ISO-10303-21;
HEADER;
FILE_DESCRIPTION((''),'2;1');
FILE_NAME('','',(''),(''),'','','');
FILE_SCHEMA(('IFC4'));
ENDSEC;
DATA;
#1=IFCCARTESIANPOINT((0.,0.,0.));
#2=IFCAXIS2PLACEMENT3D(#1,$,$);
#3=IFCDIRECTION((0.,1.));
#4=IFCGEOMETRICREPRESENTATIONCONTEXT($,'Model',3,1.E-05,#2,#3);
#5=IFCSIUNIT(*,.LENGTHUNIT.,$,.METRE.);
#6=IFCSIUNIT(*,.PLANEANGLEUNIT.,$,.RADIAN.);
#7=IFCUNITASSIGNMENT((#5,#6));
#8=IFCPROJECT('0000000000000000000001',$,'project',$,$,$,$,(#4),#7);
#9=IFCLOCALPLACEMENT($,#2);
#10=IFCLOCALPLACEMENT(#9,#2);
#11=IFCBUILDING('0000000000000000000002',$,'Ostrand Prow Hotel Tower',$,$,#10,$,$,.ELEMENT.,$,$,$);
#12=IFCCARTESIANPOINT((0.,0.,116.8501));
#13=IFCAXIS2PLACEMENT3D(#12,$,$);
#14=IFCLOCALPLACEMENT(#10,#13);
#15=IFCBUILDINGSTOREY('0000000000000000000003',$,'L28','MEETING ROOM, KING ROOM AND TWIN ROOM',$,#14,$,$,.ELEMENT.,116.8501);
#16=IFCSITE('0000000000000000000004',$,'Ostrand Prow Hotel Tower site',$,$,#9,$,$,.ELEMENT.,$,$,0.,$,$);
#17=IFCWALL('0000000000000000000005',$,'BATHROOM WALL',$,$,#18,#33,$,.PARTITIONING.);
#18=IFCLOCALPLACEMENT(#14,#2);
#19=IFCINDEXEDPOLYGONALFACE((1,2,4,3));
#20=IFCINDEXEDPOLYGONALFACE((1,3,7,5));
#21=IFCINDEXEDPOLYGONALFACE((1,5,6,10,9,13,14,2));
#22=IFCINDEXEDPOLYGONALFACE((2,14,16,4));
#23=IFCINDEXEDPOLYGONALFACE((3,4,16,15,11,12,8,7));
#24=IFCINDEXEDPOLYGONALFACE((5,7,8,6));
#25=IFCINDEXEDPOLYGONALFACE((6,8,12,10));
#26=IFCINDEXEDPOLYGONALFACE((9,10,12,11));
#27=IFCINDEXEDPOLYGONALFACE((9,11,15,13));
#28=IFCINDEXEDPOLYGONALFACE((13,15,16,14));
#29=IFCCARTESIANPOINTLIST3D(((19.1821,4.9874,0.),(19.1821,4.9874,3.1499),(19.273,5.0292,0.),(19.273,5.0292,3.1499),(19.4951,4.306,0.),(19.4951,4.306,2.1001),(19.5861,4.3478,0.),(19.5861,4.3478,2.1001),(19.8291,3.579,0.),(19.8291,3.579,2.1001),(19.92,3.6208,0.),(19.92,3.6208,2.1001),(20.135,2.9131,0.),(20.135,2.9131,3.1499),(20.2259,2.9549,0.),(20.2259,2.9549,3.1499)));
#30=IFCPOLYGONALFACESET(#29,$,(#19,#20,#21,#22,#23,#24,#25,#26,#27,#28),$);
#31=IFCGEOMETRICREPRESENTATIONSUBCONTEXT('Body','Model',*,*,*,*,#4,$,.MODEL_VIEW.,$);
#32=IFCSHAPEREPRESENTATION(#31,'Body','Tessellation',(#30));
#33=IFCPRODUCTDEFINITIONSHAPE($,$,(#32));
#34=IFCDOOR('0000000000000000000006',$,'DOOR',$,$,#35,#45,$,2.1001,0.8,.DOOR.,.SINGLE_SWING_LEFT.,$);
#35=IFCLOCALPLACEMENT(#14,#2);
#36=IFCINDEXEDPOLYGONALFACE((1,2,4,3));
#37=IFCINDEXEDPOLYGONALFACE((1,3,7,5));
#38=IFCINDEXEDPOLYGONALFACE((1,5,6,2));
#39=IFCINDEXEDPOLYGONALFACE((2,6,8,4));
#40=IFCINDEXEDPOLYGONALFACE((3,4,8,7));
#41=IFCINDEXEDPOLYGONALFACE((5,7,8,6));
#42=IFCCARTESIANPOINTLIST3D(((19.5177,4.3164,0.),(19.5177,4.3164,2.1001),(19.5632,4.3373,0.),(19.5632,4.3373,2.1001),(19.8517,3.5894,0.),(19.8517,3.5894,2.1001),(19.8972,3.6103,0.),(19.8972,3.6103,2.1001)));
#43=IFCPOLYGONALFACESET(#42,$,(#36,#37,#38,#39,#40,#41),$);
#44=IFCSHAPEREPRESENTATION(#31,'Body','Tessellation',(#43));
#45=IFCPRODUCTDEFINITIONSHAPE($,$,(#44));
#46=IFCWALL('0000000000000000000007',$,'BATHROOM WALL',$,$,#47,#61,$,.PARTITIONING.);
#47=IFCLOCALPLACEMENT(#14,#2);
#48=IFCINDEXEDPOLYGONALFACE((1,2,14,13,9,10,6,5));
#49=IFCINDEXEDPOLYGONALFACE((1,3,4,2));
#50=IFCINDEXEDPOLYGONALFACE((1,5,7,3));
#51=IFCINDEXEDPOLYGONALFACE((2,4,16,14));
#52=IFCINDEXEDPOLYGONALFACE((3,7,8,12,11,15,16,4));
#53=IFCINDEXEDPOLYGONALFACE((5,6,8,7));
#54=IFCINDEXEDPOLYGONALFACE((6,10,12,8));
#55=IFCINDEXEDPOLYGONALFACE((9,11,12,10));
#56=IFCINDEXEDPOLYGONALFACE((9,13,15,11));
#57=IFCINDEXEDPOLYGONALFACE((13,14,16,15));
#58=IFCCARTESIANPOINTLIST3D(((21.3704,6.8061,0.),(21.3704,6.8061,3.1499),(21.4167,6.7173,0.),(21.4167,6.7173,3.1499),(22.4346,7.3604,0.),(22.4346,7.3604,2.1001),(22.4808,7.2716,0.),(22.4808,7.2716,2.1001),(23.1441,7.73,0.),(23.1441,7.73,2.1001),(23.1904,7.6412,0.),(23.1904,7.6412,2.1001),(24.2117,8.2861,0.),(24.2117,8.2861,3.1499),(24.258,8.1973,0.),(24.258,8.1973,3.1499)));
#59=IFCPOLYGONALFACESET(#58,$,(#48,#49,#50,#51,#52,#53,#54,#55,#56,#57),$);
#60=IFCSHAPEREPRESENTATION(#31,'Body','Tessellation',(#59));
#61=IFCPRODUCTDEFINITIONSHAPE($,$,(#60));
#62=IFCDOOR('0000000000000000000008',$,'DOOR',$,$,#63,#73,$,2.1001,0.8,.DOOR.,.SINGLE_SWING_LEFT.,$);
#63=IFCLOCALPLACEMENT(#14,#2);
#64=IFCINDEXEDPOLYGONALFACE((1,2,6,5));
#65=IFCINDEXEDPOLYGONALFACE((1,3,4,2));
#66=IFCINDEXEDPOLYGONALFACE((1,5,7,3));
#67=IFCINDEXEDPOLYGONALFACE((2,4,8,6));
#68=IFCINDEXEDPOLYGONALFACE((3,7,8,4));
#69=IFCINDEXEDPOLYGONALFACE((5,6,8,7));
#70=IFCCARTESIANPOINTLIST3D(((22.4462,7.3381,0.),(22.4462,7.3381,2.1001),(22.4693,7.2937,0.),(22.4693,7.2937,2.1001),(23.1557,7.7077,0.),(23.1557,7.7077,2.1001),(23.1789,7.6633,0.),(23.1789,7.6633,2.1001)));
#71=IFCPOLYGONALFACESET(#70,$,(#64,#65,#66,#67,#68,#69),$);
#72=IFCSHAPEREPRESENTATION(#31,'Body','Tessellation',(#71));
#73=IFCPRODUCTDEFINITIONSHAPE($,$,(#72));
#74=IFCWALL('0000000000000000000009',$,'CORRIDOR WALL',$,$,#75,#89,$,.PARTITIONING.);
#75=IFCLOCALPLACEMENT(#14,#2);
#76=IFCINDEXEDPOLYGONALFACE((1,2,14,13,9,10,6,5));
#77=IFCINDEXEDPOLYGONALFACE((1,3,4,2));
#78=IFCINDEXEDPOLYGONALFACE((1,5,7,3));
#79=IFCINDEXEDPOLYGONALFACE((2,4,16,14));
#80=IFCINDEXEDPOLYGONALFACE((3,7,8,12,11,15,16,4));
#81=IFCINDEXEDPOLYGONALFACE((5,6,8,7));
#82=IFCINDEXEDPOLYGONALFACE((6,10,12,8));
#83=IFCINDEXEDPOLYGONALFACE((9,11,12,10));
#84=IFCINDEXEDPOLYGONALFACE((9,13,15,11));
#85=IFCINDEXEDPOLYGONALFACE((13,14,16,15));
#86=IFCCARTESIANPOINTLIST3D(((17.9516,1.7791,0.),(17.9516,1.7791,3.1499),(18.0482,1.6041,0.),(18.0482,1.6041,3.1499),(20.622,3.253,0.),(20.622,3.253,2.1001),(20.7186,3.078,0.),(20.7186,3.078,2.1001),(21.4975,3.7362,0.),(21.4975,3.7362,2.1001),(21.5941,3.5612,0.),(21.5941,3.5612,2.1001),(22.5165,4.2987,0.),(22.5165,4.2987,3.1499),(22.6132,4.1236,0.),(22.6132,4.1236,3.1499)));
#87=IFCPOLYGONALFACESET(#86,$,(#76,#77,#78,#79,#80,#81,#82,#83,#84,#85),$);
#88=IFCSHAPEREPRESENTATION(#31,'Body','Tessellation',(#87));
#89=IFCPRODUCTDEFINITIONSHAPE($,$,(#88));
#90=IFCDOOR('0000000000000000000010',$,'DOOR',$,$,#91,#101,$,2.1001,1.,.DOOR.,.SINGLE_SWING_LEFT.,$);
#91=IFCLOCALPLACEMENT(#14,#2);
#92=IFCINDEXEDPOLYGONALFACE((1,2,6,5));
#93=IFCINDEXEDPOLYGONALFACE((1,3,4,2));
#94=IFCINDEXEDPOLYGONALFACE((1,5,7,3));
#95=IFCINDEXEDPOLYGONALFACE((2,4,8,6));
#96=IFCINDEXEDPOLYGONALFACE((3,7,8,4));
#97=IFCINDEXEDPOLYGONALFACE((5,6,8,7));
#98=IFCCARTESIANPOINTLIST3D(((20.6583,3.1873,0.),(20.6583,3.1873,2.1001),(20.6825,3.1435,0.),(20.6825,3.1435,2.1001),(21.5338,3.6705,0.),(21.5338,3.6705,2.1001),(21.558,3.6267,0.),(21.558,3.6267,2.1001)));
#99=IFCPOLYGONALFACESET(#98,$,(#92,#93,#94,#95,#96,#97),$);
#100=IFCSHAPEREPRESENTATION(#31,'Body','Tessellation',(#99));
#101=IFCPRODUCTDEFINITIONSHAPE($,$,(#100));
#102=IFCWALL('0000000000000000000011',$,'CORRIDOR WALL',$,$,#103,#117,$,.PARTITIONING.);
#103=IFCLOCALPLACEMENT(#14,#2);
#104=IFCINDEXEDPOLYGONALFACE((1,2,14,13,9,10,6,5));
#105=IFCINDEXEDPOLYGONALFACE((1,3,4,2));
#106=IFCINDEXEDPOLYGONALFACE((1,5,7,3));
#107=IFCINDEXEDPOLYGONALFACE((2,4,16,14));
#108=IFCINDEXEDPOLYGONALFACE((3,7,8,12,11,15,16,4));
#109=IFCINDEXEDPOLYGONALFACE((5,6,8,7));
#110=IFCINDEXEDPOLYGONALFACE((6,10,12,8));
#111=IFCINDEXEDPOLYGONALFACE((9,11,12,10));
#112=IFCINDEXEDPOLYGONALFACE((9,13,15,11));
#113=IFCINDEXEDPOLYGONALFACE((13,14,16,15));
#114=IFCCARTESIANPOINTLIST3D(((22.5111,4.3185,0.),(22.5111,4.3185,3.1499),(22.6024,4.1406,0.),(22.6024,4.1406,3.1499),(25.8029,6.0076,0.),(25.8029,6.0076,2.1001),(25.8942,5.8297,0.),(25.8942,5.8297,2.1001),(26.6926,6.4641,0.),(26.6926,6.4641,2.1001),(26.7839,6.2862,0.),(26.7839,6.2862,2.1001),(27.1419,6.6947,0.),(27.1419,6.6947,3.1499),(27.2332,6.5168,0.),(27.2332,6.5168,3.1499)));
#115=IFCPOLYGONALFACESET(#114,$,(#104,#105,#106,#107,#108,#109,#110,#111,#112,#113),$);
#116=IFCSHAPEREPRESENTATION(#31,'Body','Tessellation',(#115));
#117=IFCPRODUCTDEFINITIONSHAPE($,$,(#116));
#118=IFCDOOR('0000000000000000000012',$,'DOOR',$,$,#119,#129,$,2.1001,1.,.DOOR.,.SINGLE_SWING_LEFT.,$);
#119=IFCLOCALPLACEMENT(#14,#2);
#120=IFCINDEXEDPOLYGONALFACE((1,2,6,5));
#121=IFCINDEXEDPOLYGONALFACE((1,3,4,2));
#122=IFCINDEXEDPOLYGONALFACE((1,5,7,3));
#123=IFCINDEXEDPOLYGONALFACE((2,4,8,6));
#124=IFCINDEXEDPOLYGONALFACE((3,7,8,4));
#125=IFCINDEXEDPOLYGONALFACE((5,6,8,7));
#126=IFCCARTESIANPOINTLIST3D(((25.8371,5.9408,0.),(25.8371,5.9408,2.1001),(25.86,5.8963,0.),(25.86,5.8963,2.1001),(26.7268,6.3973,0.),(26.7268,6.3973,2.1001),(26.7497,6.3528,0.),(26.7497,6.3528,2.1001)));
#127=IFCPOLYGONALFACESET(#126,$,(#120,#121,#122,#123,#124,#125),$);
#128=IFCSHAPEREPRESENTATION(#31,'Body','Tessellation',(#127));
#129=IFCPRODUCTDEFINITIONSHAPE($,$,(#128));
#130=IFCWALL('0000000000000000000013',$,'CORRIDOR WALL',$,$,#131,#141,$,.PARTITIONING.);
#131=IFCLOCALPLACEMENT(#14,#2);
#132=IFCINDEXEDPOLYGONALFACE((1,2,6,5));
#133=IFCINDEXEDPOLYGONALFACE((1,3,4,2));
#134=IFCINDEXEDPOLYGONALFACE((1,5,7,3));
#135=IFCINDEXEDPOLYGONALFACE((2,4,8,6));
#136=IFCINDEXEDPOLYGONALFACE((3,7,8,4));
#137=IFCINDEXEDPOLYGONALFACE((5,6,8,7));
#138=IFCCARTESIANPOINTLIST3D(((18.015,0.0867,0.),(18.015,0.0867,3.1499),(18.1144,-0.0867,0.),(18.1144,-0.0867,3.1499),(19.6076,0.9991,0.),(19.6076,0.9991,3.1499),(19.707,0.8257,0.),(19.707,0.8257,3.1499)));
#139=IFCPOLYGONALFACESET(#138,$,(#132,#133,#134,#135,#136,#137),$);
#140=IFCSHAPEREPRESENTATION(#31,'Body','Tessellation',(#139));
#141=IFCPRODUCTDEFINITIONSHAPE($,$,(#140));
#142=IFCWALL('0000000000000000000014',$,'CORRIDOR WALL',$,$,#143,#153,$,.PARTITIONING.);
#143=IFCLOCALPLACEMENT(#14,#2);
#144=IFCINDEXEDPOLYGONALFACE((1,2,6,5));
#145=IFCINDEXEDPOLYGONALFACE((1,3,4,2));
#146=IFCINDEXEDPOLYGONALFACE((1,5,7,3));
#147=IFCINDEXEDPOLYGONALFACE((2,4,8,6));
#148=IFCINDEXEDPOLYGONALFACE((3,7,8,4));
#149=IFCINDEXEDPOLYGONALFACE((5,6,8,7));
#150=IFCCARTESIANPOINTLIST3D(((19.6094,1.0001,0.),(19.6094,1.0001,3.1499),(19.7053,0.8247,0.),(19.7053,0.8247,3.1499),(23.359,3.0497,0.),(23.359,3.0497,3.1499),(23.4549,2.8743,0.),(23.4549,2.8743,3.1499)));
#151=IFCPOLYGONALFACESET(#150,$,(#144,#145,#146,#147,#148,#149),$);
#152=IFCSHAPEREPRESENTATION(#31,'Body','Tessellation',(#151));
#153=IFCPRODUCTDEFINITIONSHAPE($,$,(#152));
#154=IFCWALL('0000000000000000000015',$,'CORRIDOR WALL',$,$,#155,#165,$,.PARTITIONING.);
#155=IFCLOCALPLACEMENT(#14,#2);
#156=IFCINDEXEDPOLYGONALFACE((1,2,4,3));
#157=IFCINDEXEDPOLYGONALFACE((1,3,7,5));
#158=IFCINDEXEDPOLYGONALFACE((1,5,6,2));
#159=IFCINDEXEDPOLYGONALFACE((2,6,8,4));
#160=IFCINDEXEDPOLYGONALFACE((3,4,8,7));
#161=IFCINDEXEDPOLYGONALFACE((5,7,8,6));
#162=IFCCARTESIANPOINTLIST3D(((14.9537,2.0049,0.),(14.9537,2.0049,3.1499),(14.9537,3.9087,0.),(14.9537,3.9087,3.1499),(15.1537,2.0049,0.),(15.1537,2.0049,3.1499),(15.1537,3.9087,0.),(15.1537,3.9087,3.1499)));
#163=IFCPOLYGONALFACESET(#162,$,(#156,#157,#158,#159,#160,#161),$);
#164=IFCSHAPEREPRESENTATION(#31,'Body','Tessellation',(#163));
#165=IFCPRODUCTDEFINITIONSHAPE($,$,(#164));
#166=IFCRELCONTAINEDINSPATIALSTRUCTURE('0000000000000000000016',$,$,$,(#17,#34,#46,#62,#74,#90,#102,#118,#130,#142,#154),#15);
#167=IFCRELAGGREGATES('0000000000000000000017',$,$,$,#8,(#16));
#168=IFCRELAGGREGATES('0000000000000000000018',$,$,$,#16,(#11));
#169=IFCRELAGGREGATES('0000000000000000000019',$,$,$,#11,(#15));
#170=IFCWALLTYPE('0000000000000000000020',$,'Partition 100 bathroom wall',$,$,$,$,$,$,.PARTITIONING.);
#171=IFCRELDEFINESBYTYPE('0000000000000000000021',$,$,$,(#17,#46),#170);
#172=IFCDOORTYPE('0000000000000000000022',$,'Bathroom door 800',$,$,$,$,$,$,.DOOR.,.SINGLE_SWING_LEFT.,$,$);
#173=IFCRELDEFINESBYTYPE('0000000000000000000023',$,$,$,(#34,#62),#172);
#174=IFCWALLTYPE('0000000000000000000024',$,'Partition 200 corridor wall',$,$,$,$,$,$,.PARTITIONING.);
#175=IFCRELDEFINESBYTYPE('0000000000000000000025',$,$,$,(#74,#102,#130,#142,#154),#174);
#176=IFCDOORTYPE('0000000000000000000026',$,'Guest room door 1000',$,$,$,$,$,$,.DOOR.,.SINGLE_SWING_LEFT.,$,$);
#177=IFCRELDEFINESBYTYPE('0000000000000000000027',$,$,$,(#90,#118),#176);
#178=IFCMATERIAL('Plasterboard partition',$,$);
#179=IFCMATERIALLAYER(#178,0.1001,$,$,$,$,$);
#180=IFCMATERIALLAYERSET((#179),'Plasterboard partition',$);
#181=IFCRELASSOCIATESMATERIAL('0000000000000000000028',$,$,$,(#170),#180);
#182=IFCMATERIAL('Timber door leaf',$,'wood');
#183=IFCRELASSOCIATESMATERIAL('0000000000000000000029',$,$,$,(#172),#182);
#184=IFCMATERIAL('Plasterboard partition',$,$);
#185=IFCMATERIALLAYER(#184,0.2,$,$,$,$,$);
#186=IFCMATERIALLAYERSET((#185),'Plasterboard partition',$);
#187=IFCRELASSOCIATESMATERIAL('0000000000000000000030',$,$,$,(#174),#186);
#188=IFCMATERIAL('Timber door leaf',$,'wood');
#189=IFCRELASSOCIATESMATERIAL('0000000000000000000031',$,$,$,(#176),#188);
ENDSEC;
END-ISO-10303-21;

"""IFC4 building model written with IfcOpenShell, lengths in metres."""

from ifc_helpers import new_model, si_unit, direction, frame, frame_2d, origin, place, context, subcontext, project, spatial, rectangle, extrude, material, layer, layer_set, type_object, element, fill, save


model = new_model("IFC4")

# Units and contexts
model_context = context("Model", 3, precision=1e-05, world=origin(), true_north=direction((0.0, 1.0)))
body_context = subcontext(model_context, "Body", "Model", "MODEL_VIEW")
ifc_project = project(units=[si_unit("LENGTHUNIT", "METRE"), si_unit("PLANEANGLEUNIT", "RADIAN")], contexts=[model_context])

# Site, building, storey
site_placement = place(None, origin())
site = spatial("IfcSite", under=ifc_project, at=site_placement, Name="Ostrand Prow Hotel Tower site", CompositionType="ELEMENT", RefElevation=0.0)
building_placement = place(site_placement, origin())
building = spatial("IfcBuilding", under=site, at=building_placement, Name="Ostrand Prow Hotel Tower", CompositionType="ELEMENT")
storey_placement = place(building_placement, frame((0.0, 0.0, 116.8501)))
storey = spatial("IfcBuildingStorey", under=building, at=storey_placement, Name="L28", Description="MEETING ROOM, KING ROOM AND TWIN ROOM", CompositionType="ELEMENT", Elevation=116.8501)

# Shared definitions
ifc_material_1 = material(Name="Plasterboard partition")
ifc_layer_1 = layer(ifc_material_1, 0.1001)
ifc_layer_set_1 = layer_set([ifc_layer_1], Name="Plasterboard partition")
wall_type_1 = type_object("IfcWallType", Name="Partition 100 bathroom wall", PredefinedType="PARTITIONING", material=ifc_layer_set_1)

# Walls, openings, doors
wall_1_placement = place(storey_placement, frame((19.2275, 5.0083, 0.0), z_axis=(0.0, 0.0, 1.0), x_axis=(0.41745, -0.9087, 0.0)))
wall_1 = element("IfcWall", 1, at=wall_1_placement, inside=storey, type_object=wall_type_1, Name="BATHROOM WALL", PredefinedType="PARTITIONING", context=body_context, shape_type="SweptSolid", body=[
    extrude(rectangle(XDim=2.2827, YDim=0.1001, at=frame_2d((1.1414, 0.0))), origin(), (0.0, 0.0, 1.0), 3.1499),
])
opening_1_placement = place(wall_1_placement, frame((0.75, 0.0, 0.0)))
opening_1 = element("IfcOpeningElement", 2, at=opening_1_placement, cuts=wall_1, PredefinedType="OPENING", context=body_context, shape_type="SweptSolid", body=[
    extrude(rectangle(XDim=0.8, YDim=2.1001, at=frame_2d((0.3999, 1.05))), frame((0.0, 0.0601, 0.0), z_axis=(0.0, -1.0, 0.0), x_axis=(1.0, 0.0, 0.0)), (0.0, 0.0, 1.0), 0.1201),
])
ifc_material_2 = material(Name="Timber door leaf", Category="wood")
door_type_1 = type_object("IfcDoorType", Name="Bathroom door 800", OperationType="SINGLE_SWING_LEFT", PredefinedType="DOOR", material=ifc_material_2)
door_1_placement = place(opening_1_placement, origin())
door_1 = element("IfcDoor", 3, at=door_1_placement, inside=storey, type_object=door_type_1, Name="DOOR", OperationType="SINGLE_SWING_LEFT", OverallHeight=2.1001, OverallWidth=0.8, PredefinedType="DOOR", context=body_context, shape_type="SweptSolid", body=[
    extrude(rectangle(XDim=0.8, YDim=2.1001, at=frame_2d((0.3999, 1.05))), frame((0.0, 0.0249, 0.0), z_axis=(0.0, -1.0, 0.0), x_axis=(1.0, 0.0, 0.0)), (0.0, 0.0, 1.0), 0.05),
])
fill(opening_1, door_1)
wall_2_placement = place(storey_placement, frame((21.3936, 6.7617, 0.0), z_axis=(0.0, 0.0, 1.0), x_axis=(0.886897, 0.461967, 0.0)))
wall_2 = element("IfcWall", 4, at=wall_2_placement, inside=storey, type_object=wall_type_1, Name="BATHROOM WALL", PredefinedType="PARTITIONING", context=body_context, shape_type="SweptSolid", body=[
    extrude(rectangle(XDim=3.2036, YDim=0.1001, at=frame_2d((1.6018, 0.0))), origin(), (0.0, 0.0, 1.0), 3.1499),
])
opening_2_placement = place(wall_2_placement, frame((1.2, 0.0, 0.0)))
opening_2 = element("IfcOpeningElement", 5, at=opening_2_placement, cuts=wall_2, PredefinedType="OPENING", context=body_context, shape_type="SweptSolid", body=[
    extrude(rectangle(XDim=0.8, YDim=2.1001, at=frame_2d((0.3999, 1.05))), frame((0.0, 0.0601, 0.0), z_axis=(0.0, -1.0, 0.0), x_axis=(1.0, 0.0, 0.0)), (0.0, 0.0, 1.0), 0.1201),
])
door_2_placement = place(opening_2_placement, origin())
door_2 = element("IfcDoor", 6, at=door_2_placement, inside=storey, type_object=door_type_1, Name="DOOR", OperationType="SINGLE_SWING_LEFT", OverallHeight=2.1001, OverallWidth=0.8, PredefinedType="DOOR", context=body_context, shape_type="SweptSolid", body=[
    extrude(rectangle(XDim=0.8, YDim=2.1001, at=frame_2d((0.3999, 1.05))), frame((0.0, 0.0249, 0.0), z_axis=(0.0, -1.0, 0.0), x_axis=(1.0, 0.0, 0.0)), (0.0, 0.0, 1.0), 0.05),
])
fill(opening_2, door_2)
ifc_material_3 = material(Name="Plasterboard partition")
ifc_layer_2 = layer(ifc_material_3, 0.2)
ifc_layer_set_2 = layer_set([ifc_layer_2], Name="Plasterboard partition")
wall_type_2 = type_object("IfcWallType", Name="Partition 200 corridor wall", PredefinedType="PARTITIONING", material=ifc_layer_set_2)
wall_3_placement = place(storey_placement, frame((18.0, 1.6917, 0.0), z_axis=(0.0, 0.0, 1.0), x_axis=(0.875501, 0.483216, 0.0)))
wall_3 = element("IfcWall", 7, at=wall_3_placement, inside=storey, type_object=wall_type_2, Name="CORRIDOR WALL", PredefinedType="PARTITIONING", context=body_context, shape_type="SweptSolid", body=[
    extrude(rectangle(XDim=5.2141, YDim=0.2, at=frame_2d((2.6069, 0.0))), origin(), (0.0, 0.0, 1.0), 3.1499),
])
opening_3_placement = place(wall_3_placement, frame((3.05, 0.0, 0.0)))
opening_3 = element("IfcOpeningElement", 8, at=opening_3_placement, cuts=wall_3, PredefinedType="OPENING", context=body_context, shape_type="SweptSolid", body=[
    extrude(rectangle(XDim=1.0, YDim=2.1001, at=frame_2d((0.5, 1.05))), frame((0.0, 0.1099, 0.0), z_axis=(0.0, -1.0, 0.0), x_axis=(1.0, 0.0, 0.0)), (0.0, 0.0, 1.0), 0.22),
])
ifc_material_4 = material(Name="Timber door leaf", Category="wood")
door_type_2 = type_object("IfcDoorType", Name="Guest room door 1000", OperationType="SINGLE_SWING_LEFT", PredefinedType="DOOR", material=ifc_material_4)
door_3_placement = place(opening_3_placement, origin())
door_3 = element("IfcDoor", 9, at=door_3_placement, inside=storey, type_object=door_type_2, Name="DOOR", OperationType="SINGLE_SWING_LEFT", OverallHeight=2.1001, OverallWidth=1.0, PredefinedType="DOOR", context=body_context, shape_type="SweptSolid", body=[
    extrude(rectangle(XDim=1.0, YDim=2.1001, at=frame_2d((0.5, 1.05))), frame((0.0, 0.0249, 0.0), z_axis=(0.0, -1.0, 0.0), x_axis=(1.0, 0.0, 0.0)), (0.0, 0.0, 1.0), 0.05),
])
fill(opening_3, door_3)
wall_4_placement = place(storey_placement, frame((22.5566, 4.2295, 0.0), z_axis=(0.0, 0.0, 1.0), x_axis=(0.889707, 0.456533, 0.0)))
wall_4 = element("IfcWall", 10, at=wall_4_placement, inside=storey, type_object=wall_type_2, Name="CORRIDOR WALL", PredefinedType="PARTITIONING", context=body_context, shape_type="SweptSolid", body=[
    extrude(rectangle(XDim=5.2048, YDim=0.2, at=frame_2d((2.6025, 0.0))), origin(), (0.0, 0.0, 1.0), 3.1499),
])
opening_4_placement = place(wall_4_placement, frame((3.7, 0.0, 0.0)))
opening_4 = element("IfcOpeningElement", 11, at=opening_4_placement, cuts=wall_4, PredefinedType="OPENING", context=body_context, shape_type="SweptSolid", body=[
    extrude(rectangle(XDim=1.0, YDim=2.1001, at=frame_2d((0.5, 1.05))), frame((0.0, 0.1099, 0.0), z_axis=(0.0, -1.0, 0.0), x_axis=(1.0, 0.0, 0.0)), (0.0, 0.0, 1.0), 0.22),
])
door_4_placement = place(opening_4_placement, origin())
door_4 = element("IfcDoor", 12, at=door_4_placement, inside=storey, type_object=door_type_2, Name="DOOR", OperationType="SINGLE_SWING_LEFT", OverallHeight=2.1001, OverallWidth=1.0, PredefinedType="DOOR", context=body_context, shape_type="SweptSolid", body=[
    extrude(rectangle(XDim=1.0, YDim=2.1001, at=frame_2d((0.5, 1.05))), frame((0.0, 0.0249, 0.0), z_axis=(0.0, -1.0, 0.0), x_axis=(1.0, 0.0, 0.0)), (0.0, 0.0, 1.0), 0.05),
])
fill(opening_4, door_4)

# Walls
wall_5_placement = place(storey_placement, frame((18.0647, 0.0, 0.0), z_axis=(0.0, 0.0, 1.0), x_axis=(0.867694, 0.497098, 0.0)))
element("IfcWall", 13, at=wall_5_placement, inside=storey, type_object=wall_type_2, Name="CORRIDOR WALL", PredefinedType="PARTITIONING", context=body_context, shape_type="SweptSolid", body=[
    extrude(rectangle(XDim=1.8354, YDim=0.2, at=frame_2d((0.9177, 0.0))), origin(), (0.0, 0.0, 1.0), 3.1499),
])
wall_6_placement = place(storey_placement, frame((19.6572, 0.9124, 0.0), z_axis=(0.0, 0.0, 1.0), x_axis=(0.877465, 0.479641, 0.0)))
element("IfcWall", 14, at=wall_6_placement, inside=storey, type_object=wall_type_2, Name="CORRIDOR WALL", PredefinedType="PARTITIONING", context=body_context, shape_type="SweptSolid", body=[
    extrude(rectangle(XDim=4.2732, YDim=0.2, at=frame_2d((2.1367, 0.0))), origin(), (0.0, 0.0, 1.0), 3.1499),
])
wall_7_placement = place(storey_placement, frame((15.0537, 3.9087, 0.0), z_axis=(0.0, 0.0, 1.0), x_axis=(0.0, -1.0, 0.0)))
element("IfcWall", 15, at=wall_7_placement, inside=storey, type_object=wall_type_2, Name="CORRIDOR WALL", PredefinedType="PARTITIONING", context=body_context, shape_type="SweptSolid", body=[
    extrude(rectangle(XDim=1.9038, YDim=0.2, at=frame_2d((0.9519, 0.0))), origin(), (0.0, 0.0, 1.0), 3.1499),
])

save(model, "model.ifc")
